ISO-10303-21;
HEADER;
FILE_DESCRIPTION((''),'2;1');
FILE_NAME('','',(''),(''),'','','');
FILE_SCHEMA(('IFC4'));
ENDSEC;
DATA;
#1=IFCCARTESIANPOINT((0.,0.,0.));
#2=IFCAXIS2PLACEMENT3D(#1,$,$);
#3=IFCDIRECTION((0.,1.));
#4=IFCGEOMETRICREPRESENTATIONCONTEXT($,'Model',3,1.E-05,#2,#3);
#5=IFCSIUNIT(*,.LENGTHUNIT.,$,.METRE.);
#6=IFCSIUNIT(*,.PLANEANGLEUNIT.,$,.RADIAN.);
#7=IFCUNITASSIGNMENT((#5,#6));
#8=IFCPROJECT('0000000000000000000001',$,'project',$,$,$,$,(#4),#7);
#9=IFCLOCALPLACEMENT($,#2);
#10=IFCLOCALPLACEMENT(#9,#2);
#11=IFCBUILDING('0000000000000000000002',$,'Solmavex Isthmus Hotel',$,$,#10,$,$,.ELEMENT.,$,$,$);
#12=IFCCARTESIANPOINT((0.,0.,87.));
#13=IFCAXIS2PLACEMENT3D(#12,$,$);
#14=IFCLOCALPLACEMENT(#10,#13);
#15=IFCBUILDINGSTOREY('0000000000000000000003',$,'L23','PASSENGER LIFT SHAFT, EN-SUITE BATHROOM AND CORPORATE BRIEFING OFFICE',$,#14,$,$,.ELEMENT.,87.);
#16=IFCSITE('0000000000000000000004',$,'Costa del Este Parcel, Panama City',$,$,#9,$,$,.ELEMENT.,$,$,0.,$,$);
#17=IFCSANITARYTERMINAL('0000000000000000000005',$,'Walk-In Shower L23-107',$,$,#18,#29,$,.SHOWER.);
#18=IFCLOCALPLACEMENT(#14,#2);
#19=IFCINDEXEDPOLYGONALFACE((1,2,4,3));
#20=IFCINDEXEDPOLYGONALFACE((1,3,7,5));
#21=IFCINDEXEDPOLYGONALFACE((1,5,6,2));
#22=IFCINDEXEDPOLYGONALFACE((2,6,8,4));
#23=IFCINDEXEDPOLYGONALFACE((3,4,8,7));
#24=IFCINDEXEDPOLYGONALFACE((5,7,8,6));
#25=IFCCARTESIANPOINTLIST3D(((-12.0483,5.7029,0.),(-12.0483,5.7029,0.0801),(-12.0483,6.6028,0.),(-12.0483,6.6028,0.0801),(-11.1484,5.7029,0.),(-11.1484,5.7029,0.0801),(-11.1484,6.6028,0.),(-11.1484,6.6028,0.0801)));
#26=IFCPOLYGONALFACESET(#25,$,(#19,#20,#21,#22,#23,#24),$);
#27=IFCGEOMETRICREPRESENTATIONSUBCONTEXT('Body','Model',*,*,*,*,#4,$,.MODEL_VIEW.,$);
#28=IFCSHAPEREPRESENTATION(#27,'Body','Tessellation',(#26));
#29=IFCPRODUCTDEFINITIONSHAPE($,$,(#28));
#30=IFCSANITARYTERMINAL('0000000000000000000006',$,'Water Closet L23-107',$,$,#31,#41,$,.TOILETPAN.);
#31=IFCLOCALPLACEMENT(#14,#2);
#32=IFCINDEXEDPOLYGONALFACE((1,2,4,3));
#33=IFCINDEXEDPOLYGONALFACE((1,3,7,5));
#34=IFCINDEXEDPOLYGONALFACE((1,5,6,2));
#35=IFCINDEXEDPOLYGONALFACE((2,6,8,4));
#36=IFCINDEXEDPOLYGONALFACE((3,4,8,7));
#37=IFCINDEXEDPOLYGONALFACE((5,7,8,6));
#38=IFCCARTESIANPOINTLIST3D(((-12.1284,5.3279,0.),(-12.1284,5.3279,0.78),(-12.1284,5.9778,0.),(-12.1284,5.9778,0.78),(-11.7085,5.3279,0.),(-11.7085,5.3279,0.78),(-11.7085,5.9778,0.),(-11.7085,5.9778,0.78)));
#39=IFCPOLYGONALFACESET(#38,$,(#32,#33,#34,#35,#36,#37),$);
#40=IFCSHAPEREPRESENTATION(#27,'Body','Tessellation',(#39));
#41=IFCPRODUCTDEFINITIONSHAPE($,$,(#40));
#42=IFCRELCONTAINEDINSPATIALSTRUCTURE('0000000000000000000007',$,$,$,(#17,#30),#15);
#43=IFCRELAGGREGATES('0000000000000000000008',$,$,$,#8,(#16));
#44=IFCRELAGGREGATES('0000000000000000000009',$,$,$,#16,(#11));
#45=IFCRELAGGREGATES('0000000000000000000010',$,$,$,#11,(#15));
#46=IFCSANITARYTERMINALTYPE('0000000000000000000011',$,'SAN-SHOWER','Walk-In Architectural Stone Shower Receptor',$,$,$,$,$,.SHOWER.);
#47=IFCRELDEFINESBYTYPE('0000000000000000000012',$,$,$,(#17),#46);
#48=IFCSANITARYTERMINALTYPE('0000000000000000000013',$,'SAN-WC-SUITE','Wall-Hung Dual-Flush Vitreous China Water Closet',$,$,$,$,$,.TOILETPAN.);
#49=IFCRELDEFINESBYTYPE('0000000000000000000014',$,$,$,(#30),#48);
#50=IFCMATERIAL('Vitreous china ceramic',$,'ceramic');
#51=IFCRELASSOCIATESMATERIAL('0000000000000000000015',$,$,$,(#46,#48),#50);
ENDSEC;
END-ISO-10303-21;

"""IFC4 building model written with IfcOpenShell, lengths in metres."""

from ifc_helpers import new_model, si_unit, direction, frame, origin, origin_2d, place, context, subcontext, project, spatial, rectangle, extrude, material, type_object, element, save


model = new_model("IFC4")

# Units and contexts
model_context = context("Model", 3, precision=1e-05, world=origin(), true_north=direction((0.0, 1.0)))
body_context = subcontext(model_context, "Body", "Model", "MODEL_VIEW")
ifc_project = project(units=[si_unit("LENGTHUNIT", "METRE"), si_unit("PLANEANGLEUNIT", "RADIAN")], contexts=[model_context])

# Site, building, storey
site_placement = place(None, origin())
site = spatial("IfcSite", under=ifc_project, at=site_placement, Name="Costa del Este Parcel, Panama City", CompositionType="ELEMENT", RefElevation=0.0)
building_placement = place(site_placement, origin())
building = spatial("IfcBuilding", under=site, at=building_placement, Name="Solmavex Isthmus Hotel", CompositionType="ELEMENT")
storey_placement = place(building_placement, frame((0.0, 0.0, 87.0)))
storey = spatial("IfcBuildingStorey", under=building, at=storey_placement, Name="L23", Description="PASSENGER LIFT SHAFT, EN-SUITE BATHROOM AND CORPORATE BRIEFING OFFICE", CompositionType="ELEMENT", Elevation=87.0)

# Sanitary terminals
ifc_material_1 = material(Name="Vitreous china ceramic", Category="ceramic")
sanitary_terminal_type_1 = type_object("IfcSanitaryTerminalType", Name="SAN-SHOWER", Description="Walk-In Architectural Stone Shower Receptor", PredefinedType="SHOWER", material=ifc_material_1)
sanitary_terminal_1_placement = place(storey_placement, frame((-11.5984, 6.1528, 0.0), z_axis=(0.0, 0.0, 1.0), x_axis=(1.0, 0.0, 0.0)))
element("IfcSanitaryTerminal", 1, at=sanitary_terminal_1_placement, inside=storey, type_object=sanitary_terminal_type_1, Name="Walk-In Shower L23-107", PredefinedType="SHOWER", context=body_context, shape_type="SweptSolid", body=[
    extrude(rectangle(XDim=0.8999, YDim=0.8999, at=origin_2d()), origin(), (0.0, 0.0, 1.0), 0.0801),
])
sanitary_terminal_type_2 = type_object("IfcSanitaryTerminalType", Name="SAN-WC-SUITE", Description="Wall-Hung Dual-Flush Vitreous China Water Closet", PredefinedType="TOILETPAN", material=ifc_material_1)
sanitary_terminal_2_placement = place(storey_placement, frame((-11.9185, 5.6528, 0.0), z_axis=(0.0, 0.0, 1.0), x_axis=(1.0, 0.0, 0.0)))
element("IfcSanitaryTerminal", 2, at=sanitary_terminal_2_placement, inside=storey, type_object=sanitary_terminal_type_2, Name="Water Closet L23-107", PredefinedType="TOILETPAN", context=body_context, shape_type="SweptSolid", body=[
    extrude(rectangle(XDim=0.4199, YDim=0.6499, at=origin_2d()), origin(), (0.0, 0.0, 1.0), 0.78),
])

save(model, "model.ifc")
